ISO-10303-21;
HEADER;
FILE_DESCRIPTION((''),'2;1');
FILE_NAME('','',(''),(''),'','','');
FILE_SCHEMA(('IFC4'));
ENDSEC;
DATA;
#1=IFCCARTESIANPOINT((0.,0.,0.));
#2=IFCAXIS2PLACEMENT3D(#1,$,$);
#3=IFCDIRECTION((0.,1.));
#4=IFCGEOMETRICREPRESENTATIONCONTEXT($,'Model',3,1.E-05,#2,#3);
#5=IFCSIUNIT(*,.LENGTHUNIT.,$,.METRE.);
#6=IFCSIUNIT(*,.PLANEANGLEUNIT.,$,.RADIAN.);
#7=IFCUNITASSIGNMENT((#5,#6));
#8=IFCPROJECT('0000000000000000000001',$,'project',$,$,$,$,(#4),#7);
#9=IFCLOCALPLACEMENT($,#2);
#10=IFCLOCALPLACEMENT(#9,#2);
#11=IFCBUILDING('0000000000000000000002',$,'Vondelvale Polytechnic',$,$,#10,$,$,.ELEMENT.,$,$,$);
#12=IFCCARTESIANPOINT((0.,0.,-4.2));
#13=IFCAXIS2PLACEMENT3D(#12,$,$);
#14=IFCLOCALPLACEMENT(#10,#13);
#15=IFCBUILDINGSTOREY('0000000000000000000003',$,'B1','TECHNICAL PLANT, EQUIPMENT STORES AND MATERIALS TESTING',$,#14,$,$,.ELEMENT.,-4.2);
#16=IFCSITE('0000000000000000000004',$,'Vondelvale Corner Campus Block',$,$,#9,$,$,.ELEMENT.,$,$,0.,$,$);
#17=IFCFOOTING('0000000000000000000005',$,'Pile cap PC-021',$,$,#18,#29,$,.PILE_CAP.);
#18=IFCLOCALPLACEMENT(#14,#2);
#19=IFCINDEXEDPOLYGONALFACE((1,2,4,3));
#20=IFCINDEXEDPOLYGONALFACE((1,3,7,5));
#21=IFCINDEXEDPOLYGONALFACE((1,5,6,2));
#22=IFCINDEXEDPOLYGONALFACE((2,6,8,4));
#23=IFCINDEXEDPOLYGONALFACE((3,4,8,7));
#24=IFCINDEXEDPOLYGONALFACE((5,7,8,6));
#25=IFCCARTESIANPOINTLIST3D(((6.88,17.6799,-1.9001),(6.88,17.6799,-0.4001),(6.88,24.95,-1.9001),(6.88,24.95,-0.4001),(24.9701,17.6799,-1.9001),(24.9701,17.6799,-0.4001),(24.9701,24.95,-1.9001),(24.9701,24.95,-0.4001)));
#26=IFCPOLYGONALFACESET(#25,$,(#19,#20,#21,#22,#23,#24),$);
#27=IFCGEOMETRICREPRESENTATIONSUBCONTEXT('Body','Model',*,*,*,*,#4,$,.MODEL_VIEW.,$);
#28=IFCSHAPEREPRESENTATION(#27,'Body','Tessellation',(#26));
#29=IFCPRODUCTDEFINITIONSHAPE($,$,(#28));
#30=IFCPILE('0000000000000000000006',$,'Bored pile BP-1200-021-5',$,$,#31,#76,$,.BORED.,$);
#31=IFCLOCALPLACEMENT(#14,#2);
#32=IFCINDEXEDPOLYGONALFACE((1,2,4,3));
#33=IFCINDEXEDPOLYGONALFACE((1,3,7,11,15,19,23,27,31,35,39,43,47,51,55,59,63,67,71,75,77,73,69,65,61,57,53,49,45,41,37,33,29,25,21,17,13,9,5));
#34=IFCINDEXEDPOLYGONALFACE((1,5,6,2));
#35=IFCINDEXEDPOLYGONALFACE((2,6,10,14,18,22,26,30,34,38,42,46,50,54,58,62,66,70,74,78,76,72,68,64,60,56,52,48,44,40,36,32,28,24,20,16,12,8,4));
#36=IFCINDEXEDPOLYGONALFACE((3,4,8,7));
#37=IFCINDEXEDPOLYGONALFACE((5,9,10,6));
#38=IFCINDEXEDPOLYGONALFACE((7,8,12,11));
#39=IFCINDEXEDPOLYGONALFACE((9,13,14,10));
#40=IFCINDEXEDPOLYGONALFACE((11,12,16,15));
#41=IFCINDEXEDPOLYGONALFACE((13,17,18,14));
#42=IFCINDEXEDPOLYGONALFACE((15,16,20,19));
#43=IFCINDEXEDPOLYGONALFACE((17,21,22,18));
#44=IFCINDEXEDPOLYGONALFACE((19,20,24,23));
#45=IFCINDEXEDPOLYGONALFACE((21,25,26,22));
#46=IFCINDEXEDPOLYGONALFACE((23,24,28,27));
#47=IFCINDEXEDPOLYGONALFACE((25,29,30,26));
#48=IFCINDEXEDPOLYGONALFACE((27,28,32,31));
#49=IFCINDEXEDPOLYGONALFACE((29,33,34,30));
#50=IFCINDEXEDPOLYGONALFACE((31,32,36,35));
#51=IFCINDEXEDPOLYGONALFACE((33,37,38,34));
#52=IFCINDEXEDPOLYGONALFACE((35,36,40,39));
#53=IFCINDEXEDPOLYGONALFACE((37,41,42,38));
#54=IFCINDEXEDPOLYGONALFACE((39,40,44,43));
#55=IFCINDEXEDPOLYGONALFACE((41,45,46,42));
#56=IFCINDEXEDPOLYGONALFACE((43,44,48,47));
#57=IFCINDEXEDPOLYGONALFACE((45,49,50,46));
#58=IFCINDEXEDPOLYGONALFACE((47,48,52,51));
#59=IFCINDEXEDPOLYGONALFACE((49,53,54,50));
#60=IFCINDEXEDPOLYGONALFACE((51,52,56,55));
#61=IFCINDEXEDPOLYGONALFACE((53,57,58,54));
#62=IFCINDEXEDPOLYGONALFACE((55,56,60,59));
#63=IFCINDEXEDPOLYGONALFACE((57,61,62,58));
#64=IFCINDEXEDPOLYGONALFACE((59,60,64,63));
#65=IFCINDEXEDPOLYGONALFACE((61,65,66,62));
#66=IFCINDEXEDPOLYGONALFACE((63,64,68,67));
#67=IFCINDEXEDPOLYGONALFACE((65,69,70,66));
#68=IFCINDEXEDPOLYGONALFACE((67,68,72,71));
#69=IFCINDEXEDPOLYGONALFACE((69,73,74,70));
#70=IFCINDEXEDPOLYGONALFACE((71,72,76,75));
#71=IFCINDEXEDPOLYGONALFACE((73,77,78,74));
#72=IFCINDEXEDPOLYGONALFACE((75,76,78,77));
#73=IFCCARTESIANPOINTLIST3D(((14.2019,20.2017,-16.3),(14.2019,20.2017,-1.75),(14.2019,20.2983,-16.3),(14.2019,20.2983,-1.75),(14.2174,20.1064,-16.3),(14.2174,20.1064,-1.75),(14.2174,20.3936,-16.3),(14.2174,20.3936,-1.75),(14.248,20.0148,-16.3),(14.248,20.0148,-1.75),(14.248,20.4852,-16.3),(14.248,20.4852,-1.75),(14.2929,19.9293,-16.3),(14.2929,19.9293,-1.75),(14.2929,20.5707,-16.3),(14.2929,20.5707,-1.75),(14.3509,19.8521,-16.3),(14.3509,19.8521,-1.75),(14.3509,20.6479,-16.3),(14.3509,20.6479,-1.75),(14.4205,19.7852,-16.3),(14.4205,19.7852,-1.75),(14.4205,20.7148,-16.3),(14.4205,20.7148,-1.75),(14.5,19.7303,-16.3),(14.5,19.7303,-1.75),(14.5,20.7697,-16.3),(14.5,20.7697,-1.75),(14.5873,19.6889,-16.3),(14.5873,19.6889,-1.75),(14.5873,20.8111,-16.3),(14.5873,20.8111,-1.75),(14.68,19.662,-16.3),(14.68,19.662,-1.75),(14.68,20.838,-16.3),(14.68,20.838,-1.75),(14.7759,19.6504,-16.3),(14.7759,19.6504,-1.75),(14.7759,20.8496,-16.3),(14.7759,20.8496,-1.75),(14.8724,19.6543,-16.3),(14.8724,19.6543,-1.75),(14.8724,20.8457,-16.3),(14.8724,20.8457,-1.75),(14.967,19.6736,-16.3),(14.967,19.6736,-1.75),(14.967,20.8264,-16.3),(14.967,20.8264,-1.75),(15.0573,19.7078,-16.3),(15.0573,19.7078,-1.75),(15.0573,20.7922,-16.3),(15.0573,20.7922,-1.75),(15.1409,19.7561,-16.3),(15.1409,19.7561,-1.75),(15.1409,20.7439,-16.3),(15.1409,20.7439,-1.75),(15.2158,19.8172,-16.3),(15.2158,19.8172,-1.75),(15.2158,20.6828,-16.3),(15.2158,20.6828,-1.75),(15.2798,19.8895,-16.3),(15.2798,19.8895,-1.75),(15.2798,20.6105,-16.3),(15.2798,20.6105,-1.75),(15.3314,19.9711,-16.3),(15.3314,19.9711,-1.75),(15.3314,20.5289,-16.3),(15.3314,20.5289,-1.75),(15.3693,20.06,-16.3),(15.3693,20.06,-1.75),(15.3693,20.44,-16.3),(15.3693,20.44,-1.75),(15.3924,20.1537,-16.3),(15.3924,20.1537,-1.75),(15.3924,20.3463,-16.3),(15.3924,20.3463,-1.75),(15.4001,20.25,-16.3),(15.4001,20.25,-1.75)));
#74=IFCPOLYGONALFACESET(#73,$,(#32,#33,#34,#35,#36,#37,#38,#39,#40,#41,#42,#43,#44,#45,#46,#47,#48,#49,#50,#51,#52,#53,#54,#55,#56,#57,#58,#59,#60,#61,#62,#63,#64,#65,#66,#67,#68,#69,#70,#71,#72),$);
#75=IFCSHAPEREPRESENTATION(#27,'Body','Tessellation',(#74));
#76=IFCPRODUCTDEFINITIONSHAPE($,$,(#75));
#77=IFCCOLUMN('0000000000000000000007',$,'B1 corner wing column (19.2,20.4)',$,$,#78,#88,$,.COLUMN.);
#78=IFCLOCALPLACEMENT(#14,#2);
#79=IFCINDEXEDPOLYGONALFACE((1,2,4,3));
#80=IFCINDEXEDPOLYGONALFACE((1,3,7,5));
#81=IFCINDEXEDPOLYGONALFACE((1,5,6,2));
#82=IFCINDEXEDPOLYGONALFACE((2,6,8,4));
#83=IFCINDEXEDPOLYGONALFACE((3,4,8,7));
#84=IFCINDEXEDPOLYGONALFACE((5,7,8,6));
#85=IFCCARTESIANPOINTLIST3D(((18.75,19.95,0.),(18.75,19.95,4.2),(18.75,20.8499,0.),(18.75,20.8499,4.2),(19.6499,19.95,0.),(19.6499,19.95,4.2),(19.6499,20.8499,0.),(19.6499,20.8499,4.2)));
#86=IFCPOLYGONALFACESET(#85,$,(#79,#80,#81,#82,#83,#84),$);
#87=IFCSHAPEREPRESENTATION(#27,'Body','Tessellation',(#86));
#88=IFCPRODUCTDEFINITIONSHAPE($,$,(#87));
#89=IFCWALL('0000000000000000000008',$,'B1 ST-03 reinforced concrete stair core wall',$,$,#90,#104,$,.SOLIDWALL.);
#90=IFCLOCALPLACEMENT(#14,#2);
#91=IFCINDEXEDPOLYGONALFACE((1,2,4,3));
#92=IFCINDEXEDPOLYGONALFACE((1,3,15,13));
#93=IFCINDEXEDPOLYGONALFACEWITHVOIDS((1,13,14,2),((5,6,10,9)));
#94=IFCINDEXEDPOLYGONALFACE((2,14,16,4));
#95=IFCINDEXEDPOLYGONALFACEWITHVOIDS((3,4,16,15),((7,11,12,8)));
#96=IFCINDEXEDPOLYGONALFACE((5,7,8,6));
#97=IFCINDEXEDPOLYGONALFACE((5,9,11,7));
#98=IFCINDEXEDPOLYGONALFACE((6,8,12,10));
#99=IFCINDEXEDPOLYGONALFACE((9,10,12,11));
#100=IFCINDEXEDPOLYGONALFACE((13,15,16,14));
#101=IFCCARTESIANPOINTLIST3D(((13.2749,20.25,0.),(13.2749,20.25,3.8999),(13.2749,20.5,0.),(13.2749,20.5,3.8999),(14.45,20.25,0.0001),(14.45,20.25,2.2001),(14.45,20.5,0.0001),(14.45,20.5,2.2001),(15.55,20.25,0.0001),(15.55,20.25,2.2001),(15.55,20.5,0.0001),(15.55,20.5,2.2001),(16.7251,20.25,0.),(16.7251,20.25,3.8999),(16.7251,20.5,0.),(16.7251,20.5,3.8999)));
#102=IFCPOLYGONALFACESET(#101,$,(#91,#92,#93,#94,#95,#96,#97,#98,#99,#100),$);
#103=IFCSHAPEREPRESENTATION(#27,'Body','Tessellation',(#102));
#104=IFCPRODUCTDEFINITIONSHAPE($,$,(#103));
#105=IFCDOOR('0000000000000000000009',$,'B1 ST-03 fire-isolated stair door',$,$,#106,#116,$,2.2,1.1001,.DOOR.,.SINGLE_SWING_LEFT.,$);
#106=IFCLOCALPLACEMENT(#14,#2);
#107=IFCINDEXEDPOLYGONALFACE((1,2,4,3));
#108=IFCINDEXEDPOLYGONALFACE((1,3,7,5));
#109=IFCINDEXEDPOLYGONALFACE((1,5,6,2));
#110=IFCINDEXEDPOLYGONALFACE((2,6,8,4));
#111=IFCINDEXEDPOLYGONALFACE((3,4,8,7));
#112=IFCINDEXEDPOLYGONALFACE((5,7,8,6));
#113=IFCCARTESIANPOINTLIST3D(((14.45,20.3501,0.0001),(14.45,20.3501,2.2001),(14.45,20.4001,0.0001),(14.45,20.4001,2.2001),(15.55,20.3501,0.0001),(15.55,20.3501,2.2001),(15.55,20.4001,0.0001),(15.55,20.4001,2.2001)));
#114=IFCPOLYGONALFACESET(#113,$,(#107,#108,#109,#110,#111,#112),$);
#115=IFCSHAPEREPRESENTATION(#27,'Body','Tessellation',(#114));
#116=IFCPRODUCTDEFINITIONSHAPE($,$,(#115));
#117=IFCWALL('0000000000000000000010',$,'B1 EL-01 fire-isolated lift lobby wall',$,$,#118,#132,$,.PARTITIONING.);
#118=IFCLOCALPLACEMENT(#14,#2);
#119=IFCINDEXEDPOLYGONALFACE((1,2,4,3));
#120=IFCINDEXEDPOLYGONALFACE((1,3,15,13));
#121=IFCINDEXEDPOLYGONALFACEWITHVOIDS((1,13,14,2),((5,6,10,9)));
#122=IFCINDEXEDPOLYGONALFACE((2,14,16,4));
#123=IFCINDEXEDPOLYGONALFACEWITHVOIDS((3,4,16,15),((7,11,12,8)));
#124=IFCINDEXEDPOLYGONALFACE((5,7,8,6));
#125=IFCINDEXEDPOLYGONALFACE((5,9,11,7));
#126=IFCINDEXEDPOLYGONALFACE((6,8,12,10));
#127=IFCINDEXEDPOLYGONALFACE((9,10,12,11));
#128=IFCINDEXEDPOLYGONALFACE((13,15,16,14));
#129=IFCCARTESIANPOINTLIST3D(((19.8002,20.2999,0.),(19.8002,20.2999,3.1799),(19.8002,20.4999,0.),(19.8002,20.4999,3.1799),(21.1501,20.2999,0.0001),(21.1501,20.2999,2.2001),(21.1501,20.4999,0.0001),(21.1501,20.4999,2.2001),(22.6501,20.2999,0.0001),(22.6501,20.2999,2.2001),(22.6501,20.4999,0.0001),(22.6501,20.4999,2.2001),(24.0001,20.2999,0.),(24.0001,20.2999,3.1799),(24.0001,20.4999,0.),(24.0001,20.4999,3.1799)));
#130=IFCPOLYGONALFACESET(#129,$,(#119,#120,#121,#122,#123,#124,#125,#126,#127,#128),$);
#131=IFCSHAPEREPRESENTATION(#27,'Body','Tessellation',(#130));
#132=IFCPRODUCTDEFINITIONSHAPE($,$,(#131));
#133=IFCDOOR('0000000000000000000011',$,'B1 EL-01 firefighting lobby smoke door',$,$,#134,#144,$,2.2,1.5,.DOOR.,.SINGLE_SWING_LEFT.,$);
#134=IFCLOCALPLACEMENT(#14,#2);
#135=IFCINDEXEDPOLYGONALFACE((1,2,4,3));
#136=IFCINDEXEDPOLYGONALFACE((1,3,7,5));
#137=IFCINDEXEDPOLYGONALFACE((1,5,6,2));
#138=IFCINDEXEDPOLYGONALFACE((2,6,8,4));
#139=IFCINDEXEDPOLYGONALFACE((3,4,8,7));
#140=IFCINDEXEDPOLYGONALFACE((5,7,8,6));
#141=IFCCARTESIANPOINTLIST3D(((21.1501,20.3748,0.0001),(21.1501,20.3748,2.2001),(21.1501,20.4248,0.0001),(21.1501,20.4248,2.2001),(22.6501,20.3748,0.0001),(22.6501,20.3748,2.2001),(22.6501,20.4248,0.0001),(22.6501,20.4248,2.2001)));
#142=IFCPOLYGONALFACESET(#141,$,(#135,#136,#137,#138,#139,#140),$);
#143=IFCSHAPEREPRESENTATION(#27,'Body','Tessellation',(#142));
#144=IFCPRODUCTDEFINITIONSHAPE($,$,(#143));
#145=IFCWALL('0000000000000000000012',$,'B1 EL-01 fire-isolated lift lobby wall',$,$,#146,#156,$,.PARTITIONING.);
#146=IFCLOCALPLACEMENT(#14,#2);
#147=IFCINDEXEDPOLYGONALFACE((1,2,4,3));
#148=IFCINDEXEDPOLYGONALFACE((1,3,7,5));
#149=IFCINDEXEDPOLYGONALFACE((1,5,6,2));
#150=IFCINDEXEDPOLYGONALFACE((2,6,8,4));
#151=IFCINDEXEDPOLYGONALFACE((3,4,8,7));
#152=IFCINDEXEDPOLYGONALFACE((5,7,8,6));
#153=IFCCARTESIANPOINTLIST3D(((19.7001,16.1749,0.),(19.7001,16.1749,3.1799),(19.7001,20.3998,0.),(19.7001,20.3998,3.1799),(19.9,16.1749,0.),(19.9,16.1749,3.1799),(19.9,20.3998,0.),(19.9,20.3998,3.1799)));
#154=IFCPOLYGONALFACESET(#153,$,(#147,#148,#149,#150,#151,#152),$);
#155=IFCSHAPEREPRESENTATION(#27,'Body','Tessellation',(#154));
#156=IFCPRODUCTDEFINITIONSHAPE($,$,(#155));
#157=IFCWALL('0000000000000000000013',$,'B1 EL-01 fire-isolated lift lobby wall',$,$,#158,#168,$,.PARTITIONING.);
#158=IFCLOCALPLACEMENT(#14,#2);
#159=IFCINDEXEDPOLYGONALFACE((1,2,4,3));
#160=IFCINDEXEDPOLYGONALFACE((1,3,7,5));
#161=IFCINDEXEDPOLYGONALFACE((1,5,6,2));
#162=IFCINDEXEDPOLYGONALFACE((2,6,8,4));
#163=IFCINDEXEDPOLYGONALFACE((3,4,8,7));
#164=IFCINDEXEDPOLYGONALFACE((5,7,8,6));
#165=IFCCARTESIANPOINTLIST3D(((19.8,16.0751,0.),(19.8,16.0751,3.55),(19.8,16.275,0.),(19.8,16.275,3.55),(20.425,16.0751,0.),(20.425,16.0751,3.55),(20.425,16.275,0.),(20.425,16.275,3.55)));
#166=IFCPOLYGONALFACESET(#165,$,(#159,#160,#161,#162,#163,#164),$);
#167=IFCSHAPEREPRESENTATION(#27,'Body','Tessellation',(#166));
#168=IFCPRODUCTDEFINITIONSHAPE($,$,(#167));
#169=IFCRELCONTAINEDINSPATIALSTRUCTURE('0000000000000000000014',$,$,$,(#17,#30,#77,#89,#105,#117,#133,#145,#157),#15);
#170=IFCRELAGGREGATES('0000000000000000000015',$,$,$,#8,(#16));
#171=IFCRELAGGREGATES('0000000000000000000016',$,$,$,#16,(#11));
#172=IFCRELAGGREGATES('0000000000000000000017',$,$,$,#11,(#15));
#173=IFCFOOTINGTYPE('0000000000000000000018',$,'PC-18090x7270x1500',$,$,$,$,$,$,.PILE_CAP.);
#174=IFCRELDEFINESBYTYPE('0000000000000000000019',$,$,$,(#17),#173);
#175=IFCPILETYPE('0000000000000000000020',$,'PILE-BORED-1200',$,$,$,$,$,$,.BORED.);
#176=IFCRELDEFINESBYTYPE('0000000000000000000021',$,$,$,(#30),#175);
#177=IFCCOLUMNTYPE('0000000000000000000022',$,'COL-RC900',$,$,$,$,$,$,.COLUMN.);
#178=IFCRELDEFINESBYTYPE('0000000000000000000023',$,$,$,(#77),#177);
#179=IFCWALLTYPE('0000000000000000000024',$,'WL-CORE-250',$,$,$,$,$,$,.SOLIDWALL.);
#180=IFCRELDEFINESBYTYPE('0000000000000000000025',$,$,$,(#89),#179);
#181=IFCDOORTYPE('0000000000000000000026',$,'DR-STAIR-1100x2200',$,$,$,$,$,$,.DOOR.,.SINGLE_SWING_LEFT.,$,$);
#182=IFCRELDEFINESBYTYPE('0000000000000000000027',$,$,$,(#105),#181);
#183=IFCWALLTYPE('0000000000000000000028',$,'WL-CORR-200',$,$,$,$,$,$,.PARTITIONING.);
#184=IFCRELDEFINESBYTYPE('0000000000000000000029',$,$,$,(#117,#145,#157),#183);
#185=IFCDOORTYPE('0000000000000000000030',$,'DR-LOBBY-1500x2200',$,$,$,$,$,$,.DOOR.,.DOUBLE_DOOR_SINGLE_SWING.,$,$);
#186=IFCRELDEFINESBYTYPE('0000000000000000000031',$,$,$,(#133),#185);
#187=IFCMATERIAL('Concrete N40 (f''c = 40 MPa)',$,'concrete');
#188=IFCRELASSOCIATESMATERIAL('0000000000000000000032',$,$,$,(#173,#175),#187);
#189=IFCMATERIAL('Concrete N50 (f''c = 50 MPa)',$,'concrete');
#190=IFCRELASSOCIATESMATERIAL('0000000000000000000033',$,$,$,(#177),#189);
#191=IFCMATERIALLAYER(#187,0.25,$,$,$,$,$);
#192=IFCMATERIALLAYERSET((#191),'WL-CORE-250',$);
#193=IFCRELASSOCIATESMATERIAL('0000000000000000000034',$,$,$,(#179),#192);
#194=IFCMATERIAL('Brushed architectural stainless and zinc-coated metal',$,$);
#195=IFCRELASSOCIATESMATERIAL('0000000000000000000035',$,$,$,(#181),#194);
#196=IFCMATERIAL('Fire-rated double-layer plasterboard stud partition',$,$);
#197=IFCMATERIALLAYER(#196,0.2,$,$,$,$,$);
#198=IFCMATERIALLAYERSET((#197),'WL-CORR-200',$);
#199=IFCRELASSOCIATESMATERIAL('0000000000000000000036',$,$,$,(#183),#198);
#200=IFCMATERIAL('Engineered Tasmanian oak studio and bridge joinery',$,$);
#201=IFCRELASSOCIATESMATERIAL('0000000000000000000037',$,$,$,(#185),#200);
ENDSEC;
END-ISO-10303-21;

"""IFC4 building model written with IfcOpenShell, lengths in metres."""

from ifc_helpers import new_model, si_unit, direction, frame, frame_2d, origin, origin_2d, place, context, subcontext, project, spatial, rectangle, circle, extrude, material, layer, layer_set, material_profile, profile_set, type_object, element, fill, save


model = new_model("IFC4")

# Units and contexts
model_context = context("Model", 3, precision=1e-05, world=origin(), true_north=direction((0.0, 1.0)))
body_context = subcontext(model_context, "Body", "Model", "MODEL_VIEW")
ifc_project = project(units=[si_unit("LENGTHUNIT", "METRE"), si_unit("PLANEANGLEUNIT", "RADIAN")], contexts=[model_context])

# Site, building, storey
site_placement = place(None, origin())
site = spatial("IfcSite", under=ifc_project, at=site_placement, Name="Vondelvale Corner Campus Block", CompositionType="ELEMENT", RefElevation=0.0)
building_placement = place(site_placement, origin())
building = spatial("IfcBuilding", under=site, at=building_placement, Name="Vondelvale Polytechnic", CompositionType="ELEMENT")
storey_placement = place(building_placement, frame((0.0, 0.0, -4.2)))
storey = spatial("IfcBuildingStorey", under=building, at=storey_placement, Name="B1", Description="TECHNICAL PLANT, EQUIPMENT STORES AND MATERIALS TESTING", CompositionType="ELEMENT", Elevation=-4.2)

# Footing
ifc_material_1 = material(Name="Concrete N40 (f'c = 40 MPa)", Category="concrete")
footing_type = type_object("IfcFootingType", Name="PC-18090x7270x1500", PredefinedType="PILE_CAP", material=ifc_material_1)
footing_placement = place(storey_placement, frame((15.925, 21.3149, -1.9001), z_axis=(0.0, 0.0, 1.0), x_axis=(1.0, 0.0, 0.0)))
element("IfcFooting", 1, at=footing_placement, inside=storey, type_object=footing_type, Name="Pile cap PC-021", PredefinedType="PILE_CAP", context=body_context, shape_type="SweptSolid", body=[
    extrude(rectangle(XDim=18.0901, YDim=7.27, at=origin_2d()), origin(), (0.0, 0.0, 1.0), 1.5),
])

# Pile
ifc_material_profile_1 = material_profile(ifc_material_1, circle(Radius=0.6001, at=origin_2d()), Name="PILE-D1200")
ifc_profile_set_1 = profile_set([ifc_material_profile_1], Name="Concrete N40 (f'c = 40 MPa)")
pile_type = type_object("IfcPileType", Name="PILE-BORED-1200", PredefinedType="BORED", material=ifc_profile_set_1)
pile_placement = place(storey_placement, frame((14.8, 20.25, -1.75), z_axis=(0.0, 0.0, -1.0), x_axis=(1.0, 0.0, 0.0)))
element("IfcPile", 2, at=pile_placement, inside=storey, type_object=pile_type, Name="Bored pile BP-1200-021-5", PredefinedType="BORED", context=body_context, shape_type="SweptSolid", body=[
    extrude(circle(Radius=0.6001, at=origin_2d()), origin(), (0.0, 0.0, 1.0), 14.55),
])

# Column
ifc_material_2 = material(Name="Concrete N50 (f'c = 50 MPa)", Category="concrete")
ifc_material_profile_2 = material_profile(ifc_material_2, rectangle(XDim=0.8999, YDim=0.8999, at=origin_2d()), Name="RC-COL-900x900")
ifc_profile_set_2 = profile_set([ifc_material_profile_2], Name="Concrete N50 (f'c = 50 MPa)")
column_type = type_object("IfcColumnType", Name="COL-RC900", PredefinedType="COLUMN", material=ifc_profile_set_2)
column_placement = place(storey_placement, frame((19.2, 20.3999, 0.0), z_axis=(0.0, 0.0, 1.0), x_axis=(1.0, 0.0, 0.0)))
element("IfcColumn", 3, at=column_placement, inside=storey, type_object=column_type, Name="B1 corner wing column (19.2,20.4)", PredefinedType="COLUMN", context=body_context, shape_type="SweptSolid", body=[
    extrude(rectangle(XDim=0.8999, YDim=0.8999, at=origin_2d()), origin(), (0.0, 0.0, 1.0), 4.2),
])

# Walls, openings, doors
ifc_layer_1 = layer(ifc_material_1, 0.25)
ifc_layer_set_1 = layer_set([ifc_layer_1], Name="WL-CORE-250")
wall_type_1 = type_object("IfcWallType", Name="WL-CORE-250", PredefinedType="SOLIDWALL", material=ifc_layer_set_1)
wall_1_placement = place(storey_placement, frame((16.7251, 20.375, 0.0), z_axis=(0.0, 0.0, 1.0), x_axis=(-1.0, 0.0, 0.0)))
wall_1 = element("IfcWall", 4, at=wall_1_placement, inside=storey, type_object=wall_type_1, Name="B1 ST-03 reinforced concrete stair core wall", PredefinedType="SOLIDWALL", context=body_context, shape_type="SweptSolid", body=[
    extrude(rectangle(XDim=3.4502, YDim=0.25, at=frame_2d((1.7251, 0.0))), origin(), (0.0, 0.0, 1.0), 3.8999),
])
opening_1_placement = place(wall_1_placement, frame((1.175, 0.0, 0.0)))
opening_1 = element("IfcOpeningElement", 5, at=opening_1_placement, cuts=wall_1, PredefinedType="OPENING", context=body_context, shape_type="SweptSolid", body=[
    extrude(rectangle(XDim=1.1001, YDim=2.2, at=frame_2d((0.55, 1.1001))), frame((0.0, 0.135, 0.0), z_axis=(0.0, -1.0, 0.0), x_axis=(1.0, 0.0, 0.0)), (0.0, 0.0, 1.0), 0.27),
])
ifc_material_3 = material(Name="Brushed architectural stainless and zinc-coated metal")
door_type_1 = type_object("IfcDoorType", Name="DR-STAIR-1100x2200", OperationType="SINGLE_SWING_LEFT", PredefinedType="DOOR", material=ifc_material_3)
door_1_placement = place(opening_1_placement, origin())
door_1 = element("IfcDoor", 6, at=door_1_placement, inside=storey, type_object=door_type_1, Name="B1 ST-03 fire-isolated stair door", OperationType="SINGLE_SWING_LEFT", OverallHeight=2.2, OverallWidth=1.1001, PredefinedType="DOOR", context=body_context, shape_type="SweptSolid", body=[
    extrude(rectangle(XDim=1.1001, YDim=2.2, at=frame_2d((0.55, 1.1001))), frame((0.0, 0.0249, 0.0), z_axis=(0.0, -1.0, 0.0), x_axis=(1.0, 0.0, 0.0)), (0.0, 0.0, 1.0), 0.05),
])
fill(opening_1, door_1)
ifc_material_4 = material(Name="Fire-rated double-layer plasterboard stud partition")
ifc_layer_2 = layer(ifc_material_4, 0.2)
ifc_layer_set_2 = layer_set([ifc_layer_2], Name="WL-CORR-200")
wall_type_2 = type_object("IfcWallType", Name="WL-CORR-200", PredefinedType="PARTITIONING", material=ifc_layer_set_2)
wall_2_placement = place(storey_placement, frame((19.8, 20.3999, 0.0), z_axis=(0.0, 0.0, 1.0), x_axis=(1.0, 0.0, 0.0)))
wall_2 = element("IfcWall", 7, at=wall_2_placement, inside=storey, type_object=wall_type_2, Name="B1 EL-01 fire-isolated lift lobby wall", PredefinedType="PARTITIONING", context=body_context, shape_type="SweptSolid", body=[
    extrude(rectangle(XDim=4.2, YDim=0.2, at=frame_2d((2.1001, 0.0))), origin(), (0.0, 0.0, 1.0), 3.1799),
])
opening_2_placement = place(wall_2_placement, frame((1.3501, 0.0, 0.0)))
opening_2 = element("IfcOpeningElement", 8, at=opening_2_placement, cuts=wall_2, PredefinedType="OPENING", context=body_context, shape_type="SweptSolid", body=[
    extrude(rectangle(XDim=1.5, YDim=2.2, at=frame_2d((0.75, 1.1001))), frame((0.0, 0.1099, 0.0), z_axis=(0.0, -1.0, 0.0), x_axis=(1.0, 0.0, 0.0)), (0.0, 0.0, 1.0), 0.22),
])
ifc_material_5 = material(Name="Engineered Tasmanian oak studio and bridge joinery")
door_type_2 = type_object("IfcDoorType", Name="DR-LOBBY-1500x2200", OperationType="DOUBLE_DOOR_SINGLE_SWING", PredefinedType="DOOR", material=ifc_material_5)
door_2_placement = place(opening_2_placement, origin())
door_2 = element("IfcDoor", 9, at=door_2_placement, inside=storey, type_object=door_type_2, Name="B1 EL-01 firefighting lobby smoke door", OperationType="SINGLE_SWING_LEFT", OverallHeight=2.2, OverallWidth=1.5, PredefinedType="DOOR", context=body_context, shape_type="SweptSolid", body=[
    extrude(rectangle(XDim=1.5, YDim=2.2, at=frame_2d((0.75, 1.1001))), frame((0.0, 0.0249, 0.0), z_axis=(0.0, -1.0, 0.0), x_axis=(1.0, 0.0, 0.0)), (0.0, 0.0, 1.0), 0.05),
])
fill(opening_2, door_2)

# Walls
wall_3_placement = place(storey_placement, frame((19.8, 16.175, 0.0), z_axis=(0.0, 0.0, 1.0), x_axis=(0.0, 1.0, 0.0)))
element("IfcWall", 10, at=wall_3_placement, inside=storey, type_object=wall_type_2, Name="B1 EL-01 fire-isolated lift lobby wall", PredefinedType="PARTITIONING", context=body_context, shape_type="SweptSolid", body=[
    extrude(rectangle(XDim=4.2249, YDim=0.2, at=frame_2d((2.1123, 0.0))), origin(), (0.0, 0.0, 1.0), 3.1799),
])
wall_4_placement = place(storey_placement, frame((19.8, 16.175, 0.0), z_axis=(0.0, 0.0, 1.0), x_axis=(1.0, 0.0, 0.0)))
element("IfcWall", 11, at=wall_4_placement, inside=storey, type_object=wall_type_2, Name="B1 EL-01 fire-isolated lift lobby wall", PredefinedType="PARTITIONING", context=body_context, shape_type="SweptSolid", body=[
    extrude(rectangle(XDim=0.625, YDim=0.2, at=frame_2d((0.3125, 0.0))), origin(), (0.0, 0.0, 1.0), 3.55),
])

save(model, "model.ifc")
